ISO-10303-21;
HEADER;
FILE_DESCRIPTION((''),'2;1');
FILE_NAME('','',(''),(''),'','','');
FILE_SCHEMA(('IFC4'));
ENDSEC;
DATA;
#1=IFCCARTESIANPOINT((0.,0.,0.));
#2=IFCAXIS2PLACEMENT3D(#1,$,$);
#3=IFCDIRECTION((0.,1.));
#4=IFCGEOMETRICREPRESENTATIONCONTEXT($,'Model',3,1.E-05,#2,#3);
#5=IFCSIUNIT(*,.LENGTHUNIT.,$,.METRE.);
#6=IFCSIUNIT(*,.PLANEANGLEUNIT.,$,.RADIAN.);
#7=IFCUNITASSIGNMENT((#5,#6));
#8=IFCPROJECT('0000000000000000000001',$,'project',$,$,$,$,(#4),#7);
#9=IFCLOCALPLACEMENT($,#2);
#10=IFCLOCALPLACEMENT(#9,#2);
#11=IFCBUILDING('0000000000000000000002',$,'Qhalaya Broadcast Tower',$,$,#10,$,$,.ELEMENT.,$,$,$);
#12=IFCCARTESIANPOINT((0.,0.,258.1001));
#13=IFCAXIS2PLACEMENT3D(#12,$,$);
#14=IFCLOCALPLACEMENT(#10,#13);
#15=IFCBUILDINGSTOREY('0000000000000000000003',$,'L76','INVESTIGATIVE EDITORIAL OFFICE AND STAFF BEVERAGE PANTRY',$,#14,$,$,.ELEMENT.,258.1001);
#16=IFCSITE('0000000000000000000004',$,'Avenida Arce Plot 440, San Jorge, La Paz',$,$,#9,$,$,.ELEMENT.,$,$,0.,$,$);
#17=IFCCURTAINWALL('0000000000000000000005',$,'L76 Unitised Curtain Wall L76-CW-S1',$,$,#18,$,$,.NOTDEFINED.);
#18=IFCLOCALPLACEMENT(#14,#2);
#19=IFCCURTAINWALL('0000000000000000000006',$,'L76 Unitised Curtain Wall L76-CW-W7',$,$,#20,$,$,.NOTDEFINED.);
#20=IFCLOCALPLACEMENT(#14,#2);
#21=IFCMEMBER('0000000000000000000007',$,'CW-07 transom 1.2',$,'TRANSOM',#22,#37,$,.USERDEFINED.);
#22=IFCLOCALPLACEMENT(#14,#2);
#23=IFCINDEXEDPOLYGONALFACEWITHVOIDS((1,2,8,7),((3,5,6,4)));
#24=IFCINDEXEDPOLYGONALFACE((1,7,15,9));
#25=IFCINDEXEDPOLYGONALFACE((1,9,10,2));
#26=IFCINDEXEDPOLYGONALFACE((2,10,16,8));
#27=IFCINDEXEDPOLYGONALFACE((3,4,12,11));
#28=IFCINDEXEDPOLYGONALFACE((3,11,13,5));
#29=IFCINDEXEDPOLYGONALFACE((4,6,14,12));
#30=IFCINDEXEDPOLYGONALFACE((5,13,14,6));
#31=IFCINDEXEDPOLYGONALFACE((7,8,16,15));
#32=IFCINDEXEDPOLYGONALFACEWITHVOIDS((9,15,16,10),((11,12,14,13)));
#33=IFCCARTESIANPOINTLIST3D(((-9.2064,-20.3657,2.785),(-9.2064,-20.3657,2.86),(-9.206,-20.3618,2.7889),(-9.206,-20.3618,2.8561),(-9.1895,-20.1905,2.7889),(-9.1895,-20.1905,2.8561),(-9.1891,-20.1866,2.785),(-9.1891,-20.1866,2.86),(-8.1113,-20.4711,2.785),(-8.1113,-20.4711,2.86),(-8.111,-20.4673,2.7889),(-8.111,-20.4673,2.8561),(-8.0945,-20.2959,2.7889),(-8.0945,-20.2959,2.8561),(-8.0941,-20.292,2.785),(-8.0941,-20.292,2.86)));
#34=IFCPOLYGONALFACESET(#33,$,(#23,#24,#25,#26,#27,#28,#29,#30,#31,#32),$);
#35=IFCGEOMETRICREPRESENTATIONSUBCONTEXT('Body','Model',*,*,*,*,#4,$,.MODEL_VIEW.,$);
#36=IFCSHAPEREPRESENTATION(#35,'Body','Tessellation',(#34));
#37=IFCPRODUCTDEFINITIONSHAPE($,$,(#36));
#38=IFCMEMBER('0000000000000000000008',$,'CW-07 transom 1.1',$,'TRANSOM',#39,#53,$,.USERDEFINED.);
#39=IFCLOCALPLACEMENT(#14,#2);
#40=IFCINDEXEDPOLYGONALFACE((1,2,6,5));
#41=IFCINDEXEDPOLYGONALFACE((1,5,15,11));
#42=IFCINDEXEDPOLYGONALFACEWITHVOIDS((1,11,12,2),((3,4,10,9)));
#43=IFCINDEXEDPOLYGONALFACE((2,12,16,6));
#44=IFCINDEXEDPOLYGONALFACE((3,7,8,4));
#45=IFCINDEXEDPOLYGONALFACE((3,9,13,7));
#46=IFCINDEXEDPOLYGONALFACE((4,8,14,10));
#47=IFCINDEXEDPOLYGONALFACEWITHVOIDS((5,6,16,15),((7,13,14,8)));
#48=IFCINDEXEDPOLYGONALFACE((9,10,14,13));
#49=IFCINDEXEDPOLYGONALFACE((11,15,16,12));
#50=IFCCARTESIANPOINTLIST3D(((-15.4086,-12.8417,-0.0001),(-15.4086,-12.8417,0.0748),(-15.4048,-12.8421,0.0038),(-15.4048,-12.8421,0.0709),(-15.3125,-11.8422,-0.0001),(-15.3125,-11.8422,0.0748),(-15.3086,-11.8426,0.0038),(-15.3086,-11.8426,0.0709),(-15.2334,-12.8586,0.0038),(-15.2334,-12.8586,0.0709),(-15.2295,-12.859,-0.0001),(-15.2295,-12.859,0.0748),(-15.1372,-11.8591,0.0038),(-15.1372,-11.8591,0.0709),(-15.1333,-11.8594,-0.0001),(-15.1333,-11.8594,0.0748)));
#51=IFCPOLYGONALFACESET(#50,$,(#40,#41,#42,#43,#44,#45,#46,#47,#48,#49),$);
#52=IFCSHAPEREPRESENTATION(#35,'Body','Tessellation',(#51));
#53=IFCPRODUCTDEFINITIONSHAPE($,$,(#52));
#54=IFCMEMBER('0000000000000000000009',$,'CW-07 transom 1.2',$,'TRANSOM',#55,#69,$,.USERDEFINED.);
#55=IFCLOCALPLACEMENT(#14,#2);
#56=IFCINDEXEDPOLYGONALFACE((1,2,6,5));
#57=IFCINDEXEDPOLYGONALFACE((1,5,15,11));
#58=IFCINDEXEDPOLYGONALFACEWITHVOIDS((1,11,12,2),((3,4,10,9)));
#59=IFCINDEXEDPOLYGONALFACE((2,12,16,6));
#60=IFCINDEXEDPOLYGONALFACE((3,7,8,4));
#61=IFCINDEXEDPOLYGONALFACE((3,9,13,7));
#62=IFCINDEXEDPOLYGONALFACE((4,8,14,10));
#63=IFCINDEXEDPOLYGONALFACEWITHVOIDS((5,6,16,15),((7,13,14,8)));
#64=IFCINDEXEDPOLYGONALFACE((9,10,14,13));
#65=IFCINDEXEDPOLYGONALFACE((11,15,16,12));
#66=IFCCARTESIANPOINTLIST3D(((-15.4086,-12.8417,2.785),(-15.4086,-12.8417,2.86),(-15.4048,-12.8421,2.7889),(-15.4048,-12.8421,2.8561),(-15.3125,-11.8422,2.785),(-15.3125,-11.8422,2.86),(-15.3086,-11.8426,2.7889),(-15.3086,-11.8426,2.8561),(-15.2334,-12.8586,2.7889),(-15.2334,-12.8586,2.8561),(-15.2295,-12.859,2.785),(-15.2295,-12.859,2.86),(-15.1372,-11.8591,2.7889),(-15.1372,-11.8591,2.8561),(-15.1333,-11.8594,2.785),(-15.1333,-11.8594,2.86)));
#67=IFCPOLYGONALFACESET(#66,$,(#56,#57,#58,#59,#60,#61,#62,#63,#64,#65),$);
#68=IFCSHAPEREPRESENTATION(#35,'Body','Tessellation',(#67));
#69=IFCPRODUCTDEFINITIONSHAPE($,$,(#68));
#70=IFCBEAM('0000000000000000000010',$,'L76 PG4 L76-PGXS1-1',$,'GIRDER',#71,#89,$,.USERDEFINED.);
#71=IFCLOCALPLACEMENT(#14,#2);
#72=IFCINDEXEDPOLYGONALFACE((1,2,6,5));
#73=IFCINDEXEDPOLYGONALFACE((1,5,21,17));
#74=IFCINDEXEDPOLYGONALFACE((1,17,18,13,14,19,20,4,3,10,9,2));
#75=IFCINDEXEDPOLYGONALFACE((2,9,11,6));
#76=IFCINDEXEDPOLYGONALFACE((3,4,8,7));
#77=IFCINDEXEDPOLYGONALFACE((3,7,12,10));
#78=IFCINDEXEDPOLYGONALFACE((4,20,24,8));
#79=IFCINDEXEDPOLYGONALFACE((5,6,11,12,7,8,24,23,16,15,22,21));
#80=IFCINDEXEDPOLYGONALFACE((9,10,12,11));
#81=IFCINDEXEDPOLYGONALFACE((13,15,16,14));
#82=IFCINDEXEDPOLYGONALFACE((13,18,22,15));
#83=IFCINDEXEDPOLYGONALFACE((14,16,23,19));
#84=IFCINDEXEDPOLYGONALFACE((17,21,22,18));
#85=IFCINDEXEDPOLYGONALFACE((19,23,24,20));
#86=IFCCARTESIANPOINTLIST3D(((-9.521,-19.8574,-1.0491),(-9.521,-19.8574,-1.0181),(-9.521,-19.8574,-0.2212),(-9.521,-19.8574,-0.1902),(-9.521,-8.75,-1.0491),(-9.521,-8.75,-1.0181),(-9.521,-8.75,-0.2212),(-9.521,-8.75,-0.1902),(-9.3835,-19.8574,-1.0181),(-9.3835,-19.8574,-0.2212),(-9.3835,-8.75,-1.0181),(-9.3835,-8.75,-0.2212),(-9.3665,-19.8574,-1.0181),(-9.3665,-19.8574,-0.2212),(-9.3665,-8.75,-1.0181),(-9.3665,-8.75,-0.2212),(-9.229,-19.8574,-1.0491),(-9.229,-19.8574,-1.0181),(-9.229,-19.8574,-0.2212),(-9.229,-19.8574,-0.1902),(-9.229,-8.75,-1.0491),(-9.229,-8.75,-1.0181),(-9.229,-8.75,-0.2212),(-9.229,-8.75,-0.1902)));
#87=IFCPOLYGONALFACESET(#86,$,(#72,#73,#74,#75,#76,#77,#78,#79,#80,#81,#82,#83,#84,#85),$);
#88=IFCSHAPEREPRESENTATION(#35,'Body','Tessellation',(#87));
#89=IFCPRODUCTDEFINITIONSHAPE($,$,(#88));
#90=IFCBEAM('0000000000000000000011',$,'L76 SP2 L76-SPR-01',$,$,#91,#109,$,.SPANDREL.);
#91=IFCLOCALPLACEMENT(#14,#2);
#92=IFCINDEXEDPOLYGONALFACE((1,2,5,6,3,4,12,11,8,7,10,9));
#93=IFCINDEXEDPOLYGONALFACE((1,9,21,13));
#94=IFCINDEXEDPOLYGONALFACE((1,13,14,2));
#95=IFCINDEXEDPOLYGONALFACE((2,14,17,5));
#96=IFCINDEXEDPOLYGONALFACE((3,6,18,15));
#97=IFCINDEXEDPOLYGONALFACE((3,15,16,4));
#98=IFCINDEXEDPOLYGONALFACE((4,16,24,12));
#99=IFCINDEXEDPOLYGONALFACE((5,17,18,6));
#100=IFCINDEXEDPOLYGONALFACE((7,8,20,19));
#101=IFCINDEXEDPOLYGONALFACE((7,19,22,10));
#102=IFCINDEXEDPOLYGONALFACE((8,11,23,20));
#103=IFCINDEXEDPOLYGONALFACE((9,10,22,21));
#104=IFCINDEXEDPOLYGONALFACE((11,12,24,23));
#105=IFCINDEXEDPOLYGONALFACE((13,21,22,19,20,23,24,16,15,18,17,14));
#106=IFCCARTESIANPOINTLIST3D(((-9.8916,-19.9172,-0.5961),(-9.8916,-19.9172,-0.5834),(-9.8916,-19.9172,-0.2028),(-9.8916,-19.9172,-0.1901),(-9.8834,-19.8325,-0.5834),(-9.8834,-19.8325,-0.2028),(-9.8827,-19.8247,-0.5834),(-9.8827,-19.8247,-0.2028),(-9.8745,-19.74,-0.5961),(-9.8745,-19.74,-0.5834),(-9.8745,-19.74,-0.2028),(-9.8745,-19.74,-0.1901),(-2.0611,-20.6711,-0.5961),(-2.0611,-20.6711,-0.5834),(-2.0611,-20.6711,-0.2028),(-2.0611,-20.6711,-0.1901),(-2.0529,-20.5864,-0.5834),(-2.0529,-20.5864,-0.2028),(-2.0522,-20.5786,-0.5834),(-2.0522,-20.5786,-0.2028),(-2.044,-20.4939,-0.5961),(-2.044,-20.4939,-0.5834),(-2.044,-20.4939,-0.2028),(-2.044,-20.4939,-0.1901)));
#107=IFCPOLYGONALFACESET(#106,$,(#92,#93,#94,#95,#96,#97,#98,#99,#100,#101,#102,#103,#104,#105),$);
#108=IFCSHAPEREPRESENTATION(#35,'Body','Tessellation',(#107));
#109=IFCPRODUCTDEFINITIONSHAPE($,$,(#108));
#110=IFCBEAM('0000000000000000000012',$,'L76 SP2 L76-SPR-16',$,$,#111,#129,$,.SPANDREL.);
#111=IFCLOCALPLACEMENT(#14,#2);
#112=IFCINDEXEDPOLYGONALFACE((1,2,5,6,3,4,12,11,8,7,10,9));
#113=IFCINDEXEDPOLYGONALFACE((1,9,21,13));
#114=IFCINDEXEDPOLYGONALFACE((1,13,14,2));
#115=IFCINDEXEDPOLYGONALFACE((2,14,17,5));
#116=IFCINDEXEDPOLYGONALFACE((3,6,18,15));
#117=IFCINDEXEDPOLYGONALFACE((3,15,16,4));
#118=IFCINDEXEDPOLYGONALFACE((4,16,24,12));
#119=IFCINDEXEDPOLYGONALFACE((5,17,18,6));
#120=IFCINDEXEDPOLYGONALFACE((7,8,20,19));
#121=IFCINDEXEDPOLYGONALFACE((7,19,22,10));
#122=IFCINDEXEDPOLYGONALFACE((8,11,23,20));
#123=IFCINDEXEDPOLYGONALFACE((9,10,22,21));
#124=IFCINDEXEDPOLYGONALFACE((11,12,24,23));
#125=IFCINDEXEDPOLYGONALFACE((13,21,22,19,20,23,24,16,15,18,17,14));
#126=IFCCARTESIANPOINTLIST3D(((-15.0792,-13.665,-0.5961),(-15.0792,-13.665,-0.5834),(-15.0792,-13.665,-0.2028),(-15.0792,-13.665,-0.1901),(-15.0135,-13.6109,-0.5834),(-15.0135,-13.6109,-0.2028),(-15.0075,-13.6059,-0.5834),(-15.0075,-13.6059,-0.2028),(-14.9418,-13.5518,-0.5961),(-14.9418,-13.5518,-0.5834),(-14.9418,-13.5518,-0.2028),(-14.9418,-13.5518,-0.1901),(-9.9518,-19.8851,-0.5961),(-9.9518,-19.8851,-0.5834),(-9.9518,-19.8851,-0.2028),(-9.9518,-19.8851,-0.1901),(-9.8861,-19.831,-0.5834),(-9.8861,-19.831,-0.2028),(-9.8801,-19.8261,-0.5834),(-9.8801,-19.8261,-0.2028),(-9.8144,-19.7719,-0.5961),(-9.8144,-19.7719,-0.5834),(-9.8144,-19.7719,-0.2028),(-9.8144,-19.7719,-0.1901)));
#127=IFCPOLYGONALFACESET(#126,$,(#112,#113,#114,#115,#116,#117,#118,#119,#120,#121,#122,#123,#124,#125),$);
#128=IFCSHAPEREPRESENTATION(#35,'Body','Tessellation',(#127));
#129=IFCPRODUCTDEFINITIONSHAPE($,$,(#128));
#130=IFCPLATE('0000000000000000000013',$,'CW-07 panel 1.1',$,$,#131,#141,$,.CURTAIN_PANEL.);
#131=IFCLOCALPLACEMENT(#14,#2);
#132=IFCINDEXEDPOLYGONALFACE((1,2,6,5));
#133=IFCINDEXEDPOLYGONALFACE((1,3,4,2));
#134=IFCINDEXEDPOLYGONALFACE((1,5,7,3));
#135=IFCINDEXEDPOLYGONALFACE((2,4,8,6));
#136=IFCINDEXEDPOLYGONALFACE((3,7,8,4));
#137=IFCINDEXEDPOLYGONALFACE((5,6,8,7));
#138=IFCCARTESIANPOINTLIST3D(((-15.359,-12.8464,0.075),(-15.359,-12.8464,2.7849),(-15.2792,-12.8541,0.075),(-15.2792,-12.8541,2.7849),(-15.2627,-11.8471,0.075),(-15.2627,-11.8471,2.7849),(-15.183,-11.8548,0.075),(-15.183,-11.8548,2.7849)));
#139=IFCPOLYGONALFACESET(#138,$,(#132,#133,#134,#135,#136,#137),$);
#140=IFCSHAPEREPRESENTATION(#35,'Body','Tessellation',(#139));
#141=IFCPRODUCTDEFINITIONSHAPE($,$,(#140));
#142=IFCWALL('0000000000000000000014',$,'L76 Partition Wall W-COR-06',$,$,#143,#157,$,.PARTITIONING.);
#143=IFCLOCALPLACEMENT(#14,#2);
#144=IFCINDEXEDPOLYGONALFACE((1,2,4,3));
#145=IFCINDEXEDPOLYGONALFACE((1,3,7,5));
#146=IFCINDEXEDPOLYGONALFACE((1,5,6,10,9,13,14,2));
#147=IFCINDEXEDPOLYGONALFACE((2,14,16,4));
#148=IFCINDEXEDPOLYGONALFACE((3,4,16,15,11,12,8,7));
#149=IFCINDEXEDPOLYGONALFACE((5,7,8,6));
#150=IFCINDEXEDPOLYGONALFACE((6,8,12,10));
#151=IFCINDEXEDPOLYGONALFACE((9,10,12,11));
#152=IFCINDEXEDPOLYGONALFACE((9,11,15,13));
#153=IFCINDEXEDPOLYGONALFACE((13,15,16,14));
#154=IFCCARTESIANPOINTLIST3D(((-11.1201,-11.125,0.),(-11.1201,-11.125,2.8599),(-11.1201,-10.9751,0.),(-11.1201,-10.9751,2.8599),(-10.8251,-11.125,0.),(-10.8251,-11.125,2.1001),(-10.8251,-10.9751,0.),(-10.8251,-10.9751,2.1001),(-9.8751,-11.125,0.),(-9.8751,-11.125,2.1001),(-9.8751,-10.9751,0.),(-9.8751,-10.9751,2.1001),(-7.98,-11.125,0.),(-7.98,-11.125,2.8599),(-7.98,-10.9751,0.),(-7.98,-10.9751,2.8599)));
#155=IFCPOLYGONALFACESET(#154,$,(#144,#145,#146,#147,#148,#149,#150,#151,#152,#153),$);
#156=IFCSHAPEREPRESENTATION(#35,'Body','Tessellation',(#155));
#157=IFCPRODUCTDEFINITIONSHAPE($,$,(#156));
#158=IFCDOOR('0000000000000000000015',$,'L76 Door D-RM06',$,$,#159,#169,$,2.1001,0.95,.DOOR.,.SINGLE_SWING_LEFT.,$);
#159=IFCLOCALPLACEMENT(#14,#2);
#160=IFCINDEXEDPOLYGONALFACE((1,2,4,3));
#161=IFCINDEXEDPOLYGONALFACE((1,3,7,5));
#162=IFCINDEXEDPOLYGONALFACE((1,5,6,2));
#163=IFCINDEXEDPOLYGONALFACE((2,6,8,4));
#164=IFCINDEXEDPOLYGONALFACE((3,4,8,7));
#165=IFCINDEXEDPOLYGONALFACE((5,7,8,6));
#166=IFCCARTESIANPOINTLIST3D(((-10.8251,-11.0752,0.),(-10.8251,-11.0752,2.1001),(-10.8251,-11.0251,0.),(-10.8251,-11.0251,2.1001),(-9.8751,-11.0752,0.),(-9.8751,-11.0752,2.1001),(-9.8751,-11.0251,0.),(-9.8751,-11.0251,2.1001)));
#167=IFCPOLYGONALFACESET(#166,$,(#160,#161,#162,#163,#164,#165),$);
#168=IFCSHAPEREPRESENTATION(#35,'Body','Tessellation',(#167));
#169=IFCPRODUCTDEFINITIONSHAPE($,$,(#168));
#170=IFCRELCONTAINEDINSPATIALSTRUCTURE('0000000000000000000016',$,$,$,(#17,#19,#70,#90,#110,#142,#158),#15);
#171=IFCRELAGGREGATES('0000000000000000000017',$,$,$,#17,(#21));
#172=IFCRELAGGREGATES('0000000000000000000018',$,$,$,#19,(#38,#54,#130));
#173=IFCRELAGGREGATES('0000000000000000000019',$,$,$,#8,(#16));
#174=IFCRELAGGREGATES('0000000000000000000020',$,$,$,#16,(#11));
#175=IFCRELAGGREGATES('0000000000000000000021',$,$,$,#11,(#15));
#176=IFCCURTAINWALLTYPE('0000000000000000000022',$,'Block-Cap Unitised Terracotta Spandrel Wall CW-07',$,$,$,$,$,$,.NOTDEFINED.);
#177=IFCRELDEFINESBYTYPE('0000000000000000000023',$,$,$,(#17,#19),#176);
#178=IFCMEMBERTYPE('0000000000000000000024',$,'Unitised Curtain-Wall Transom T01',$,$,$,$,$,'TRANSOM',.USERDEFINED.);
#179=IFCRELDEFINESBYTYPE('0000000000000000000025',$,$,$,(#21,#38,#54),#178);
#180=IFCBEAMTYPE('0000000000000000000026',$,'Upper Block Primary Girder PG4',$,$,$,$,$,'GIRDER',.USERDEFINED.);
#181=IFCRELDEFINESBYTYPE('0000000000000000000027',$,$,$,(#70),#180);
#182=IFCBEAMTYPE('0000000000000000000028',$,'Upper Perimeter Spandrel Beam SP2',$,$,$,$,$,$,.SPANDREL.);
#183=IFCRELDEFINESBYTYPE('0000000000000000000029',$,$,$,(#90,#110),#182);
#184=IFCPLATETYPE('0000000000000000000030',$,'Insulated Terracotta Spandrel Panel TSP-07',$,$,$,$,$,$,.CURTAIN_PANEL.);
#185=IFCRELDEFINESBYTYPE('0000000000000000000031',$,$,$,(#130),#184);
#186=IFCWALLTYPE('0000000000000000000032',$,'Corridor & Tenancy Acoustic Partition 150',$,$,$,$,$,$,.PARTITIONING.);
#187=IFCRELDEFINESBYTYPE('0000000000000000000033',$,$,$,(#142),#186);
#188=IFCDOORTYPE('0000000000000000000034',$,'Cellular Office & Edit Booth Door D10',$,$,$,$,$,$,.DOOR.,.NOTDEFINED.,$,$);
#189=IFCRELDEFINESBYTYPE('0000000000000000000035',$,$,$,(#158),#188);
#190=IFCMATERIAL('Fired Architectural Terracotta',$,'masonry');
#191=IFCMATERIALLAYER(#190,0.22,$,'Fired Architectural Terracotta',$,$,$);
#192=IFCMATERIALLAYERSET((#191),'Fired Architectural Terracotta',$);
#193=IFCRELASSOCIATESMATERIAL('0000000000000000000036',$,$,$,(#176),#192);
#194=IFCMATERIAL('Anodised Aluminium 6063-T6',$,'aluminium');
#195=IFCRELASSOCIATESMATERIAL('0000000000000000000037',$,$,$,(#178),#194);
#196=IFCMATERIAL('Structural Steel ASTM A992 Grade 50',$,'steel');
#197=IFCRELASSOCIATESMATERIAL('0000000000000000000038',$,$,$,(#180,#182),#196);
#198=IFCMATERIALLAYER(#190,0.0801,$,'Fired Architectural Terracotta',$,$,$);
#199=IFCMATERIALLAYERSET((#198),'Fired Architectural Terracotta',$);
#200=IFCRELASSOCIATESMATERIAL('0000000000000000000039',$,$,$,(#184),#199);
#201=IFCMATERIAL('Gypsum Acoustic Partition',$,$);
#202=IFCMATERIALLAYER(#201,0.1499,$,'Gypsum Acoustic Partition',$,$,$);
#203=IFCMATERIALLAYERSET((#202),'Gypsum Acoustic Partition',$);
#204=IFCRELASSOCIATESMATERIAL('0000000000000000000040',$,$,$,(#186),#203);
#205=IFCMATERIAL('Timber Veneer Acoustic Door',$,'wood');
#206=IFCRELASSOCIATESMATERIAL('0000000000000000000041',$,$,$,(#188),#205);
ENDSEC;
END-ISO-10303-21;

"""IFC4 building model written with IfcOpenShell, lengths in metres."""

from ifc_helpers import new_model, si_unit, direction, frame, frame_2d, origin, origin_2d, place, context, subcontext, project, spatial, rectangle, hollow_rectangle, i_section, extrude, material, layer, layer_set, material_profile, profile_set, type_object, element, fill, aggregate, save


model = new_model("IFC4")

# Units and contexts
model_context = context("Model", 3, precision=1e-05, world=origin(), true_north=direction((0.0, 1.0)))
body_context = subcontext(model_context, "Body", "Model", "MODEL_VIEW")
ifc_project = project(units=[si_unit("LENGTHUNIT", "METRE"), si_unit("PLANEANGLEUNIT", "RADIAN")], contexts=[model_context])

# Site, building, storey
site_placement = place(None, origin())
site = spatial("IfcSite", under=ifc_project, at=site_placement, Name="Avenida Arce Plot 440, San Jorge, La Paz", CompositionType="ELEMENT", RefElevation=0.0)
building_placement = place(site_placement, origin())
building = spatial("IfcBuilding", under=site, at=building_placement, Name="Qhalaya Broadcast Tower", CompositionType="ELEMENT")
storey_placement = place(building_placement, frame((0.0, 0.0, 258.1001)))
storey = spatial("IfcBuildingStorey", under=building, at=storey_placement, Name="L76", Description="INVESTIGATIVE EDITORIAL OFFICE AND STAFF BEVERAGE PANTRY", CompositionType="ELEMENT", Elevation=258.1001)

# Shared definitions
ifc_material_1 = material(Name="Structural Steel ASTM A992 Grade 50", Category="steel")

# Shared definitions
ifc_material_2 = material(Name="Fired Architectural Terracotta", Category="masonry")

# Curtain wall
ifc_layer_1 = layer(ifc_material_2, 0.22, Name="Fired Architectural Terracotta")
ifc_layer_set_1 = layer_set([ifc_layer_1], Name="Fired Architectural Terracotta")
curtain_wall_type_1 = type_object("IfcCurtainWallType", Name="Block-Cap Unitised Terracotta Spandrel Wall CW-07", PredefinedType="NOTDEFINED", material=ifc_layer_set_1)
curtain_wall_1_placement = place(storey_placement, origin())
curtain_wall_1 = element("IfcCurtainWall", 1, at=curtain_wall_1_placement, inside=storey, type_object=curtain_wall_type_1, Name="L76 Unitised Curtain Wall L76-CW-S1", PredefinedType="NOTDEFINED")
ifc_material_3 = material(Name="Anodised Aluminium 6063-T6", Category="aluminium")

# Curtain wall
curtain_wall_2_placement = place(storey_placement, origin())
curtain_wall_2 = element("IfcCurtainWall", 2, at=curtain_wall_2_placement, inside=storey, type_object=curtain_wall_type_1, Name="L76 Unitised Curtain Wall L76-CW-W7", PredefinedType="NOTDEFINED")

# Members
ifc_material_profile_1 = material_profile(ifc_material_3, hollow_rectangle(XDim=0.075, YDim=0.1799, WallThickness=0.0039, at=origin_2d()), Name="ALU-TRN 75x180x4")
ifc_profile_set_1 = profile_set([ifc_material_profile_1], Name="Anodised Aluminium 6063-T6")
member_type_1 = type_object("IfcMemberType", Name="Unitised Curtain-Wall Transom T01", ElementType="TRANSOM", PredefinedType="USERDEFINED", material=ifc_profile_set_1)
member_1_placement = place(storey_placement, frame((-9.1978, -20.2761, 2.8225), z_axis=(0.995393, -0.095877, 0.0), x_axis=(0.0, 0.0, 1.0)))
member_1 = element("IfcMember", 3, at=member_1_placement, type_object=member_type_1, Name="CW-07 transom 1.2", ObjectType="TRANSOM", PredefinedType="USERDEFINED", context=body_context, shape_type="SweptSolid", body=[
    extrude(hollow_rectangle(XDim=0.075, YDim=0.1799, WallThickness=0.0039, at=origin_2d()), origin(), (0.0, 0.0, 1.0), 1.1001),
])
aggregate(curtain_wall_1, [member_1])
member_2_placement = place(storey_placement, frame((-15.2229, -11.8508, 0.0374), z_axis=(-0.095796, -0.995401, 0.0), x_axis=(0.0, 0.0, 1.0)))
member_2 = element("IfcMember", 4, at=member_2_placement, type_object=member_type_1, Name="CW-07 transom 1.1", ObjectType="TRANSOM", PredefinedType="USERDEFINED", context=body_context, shape_type="SweptSolid", body=[
    extrude(hollow_rectangle(XDim=0.075, YDim=0.1799, WallThickness=0.0039, at=origin_2d()), origin(), (0.0, 0.0, 1.0), 1.0042),
])
member_3_placement = place(storey_placement, frame((-15.2229, -11.8508, 2.8225), z_axis=(-0.095796, -0.995401, 0.0), x_axis=(0.0, 0.0, 1.0)))
member_3 = element("IfcMember", 5, at=member_3_placement, type_object=member_type_1, Name="CW-07 transom 1.2", ObjectType="TRANSOM", PredefinedType="USERDEFINED", context=body_context, shape_type="SweptSolid", body=[
    extrude(hollow_rectangle(XDim=0.075, YDim=0.1799, WallThickness=0.0039, at=origin_2d()), origin(), (0.0, 0.0, 1.0), 1.0042),
])

# Beams
ifc_material_profile_2 = material_profile(ifc_material_1, i_section(OverallWidth=0.292, OverallDepth=0.8589, WebThickness=0.0171, FlangeThickness=0.031, at=origin_2d()), Name="W33X169")
ifc_profile_set_2 = profile_set([ifc_material_profile_2], Name="Structural Steel ASTM A992 Grade 50")
beam_type_1 = type_object("IfcBeamType", Name="Upper Block Primary Girder PG4", ElementType="GIRDER", PredefinedType="USERDEFINED", material=ifc_profile_set_2)
beam_1_placement = place(storey_placement, frame((-9.375, -19.8574, -0.6196), z_axis=(0.0, 1.0, 0.0), x_axis=(-1.0, 0.0, 0.0)))
element("IfcBeam", 6, at=beam_1_placement, inside=storey, type_object=beam_type_1, Name="L76 PG4 L76-PGXS1-1", ObjectType="GIRDER", PredefinedType="USERDEFINED", context=body_context, shape_type="SweptSolid", body=[
    extrude(i_section(OverallWidth=0.292, OverallDepth=0.8589, WebThickness=0.0171, FlangeThickness=0.031, at=origin_2d()), origin(), (0.0, 0.0, 1.0), 11.1074),
])
ifc_material_profile_3 = material_profile(ifc_material_1, i_section(OverallWidth=0.178, OverallDepth=0.406, WebThickness=0.0078, FlangeThickness=0.0127, at=origin_2d()), Name="W16X40")
ifc_profile_set_3 = profile_set([ifc_material_profile_3], Name="Structural Steel ASTM A992 Grade 50")
beam_type_2 = type_object("IfcBeamType", Name="Upper Perimeter Spandrel Beam SP2", PredefinedType="SPANDREL", material=ifc_profile_set_3)
beam_2_placement = place(storey_placement, frame((-9.8831, -19.8286, -0.3931), z_axis=(0.995397, -0.095834, 0.0), x_axis=(0.095834, 0.995397, 0.0)))
element("IfcBeam", 7, at=beam_2_placement, inside=storey, type_object=beam_type_2, Name="L76 SP2 L76-SPR-01", PredefinedType="SPANDREL", context=body_context, shape_type="SweptSolid", body=[
    extrude(i_section(OverallWidth=0.178, OverallDepth=0.406, WebThickness=0.0078, FlangeThickness=0.0127, at=origin_2d()), origin(), (0.0, 0.0, 1.0), 7.8667),
])
beam_3_placement = place(storey_placement, frame((-15.0105, -13.6084, -0.3931), z_axis=(0.63607, -0.771631, 0.0), x_axis=(0.771631, 0.63607, 0.0)))
element("IfcBeam", 8, at=beam_3_placement, inside=storey, type_object=beam_type_2, Name="L76 SP2 L76-SPR-16", PredefinedType="SPANDREL", context=body_context, shape_type="SweptSolid", body=[
    extrude(i_section(OverallWidth=0.178, OverallDepth=0.406, WebThickness=0.0078, FlangeThickness=0.0127, at=origin_2d()), origin(), (0.0, 0.0, 1.0), 8.061),
])

# Plate
ifc_layer_2 = layer(ifc_material_2, 0.0801, Name="Fired Architectural Terracotta")
ifc_layer_set_2 = layer_set([ifc_layer_2], Name="Fired Architectural Terracotta")
plate_type = type_object("IfcPlateType", Name="Insulated Terracotta Spandrel Panel TSP-07", PredefinedType="CURTAIN_PANEL", material=ifc_layer_set_2)
plate_placement = place(storey_placement, frame((-15.271, -12.3506, 0.075), z_axis=(0.0, 0.0, 1.0), x_axis=(-0.09584, -0.995397, 0.0)))
plate = element("IfcPlate", 9, at=plate_placement, type_object=plate_type, Name="CW-07 panel 1.1", PredefinedType="CURTAIN_PANEL", context=body_context, shape_type="SweptSolid", body=[
    extrude(rectangle(XDim=1.0039, YDim=0.0801, at=origin_2d()), origin(), (0.0, 0.0, 1.0), 2.71),
])
aggregate(curtain_wall_2, [member_2, member_3, plate])

# Wall, opening, door
ifc_material_4 = material(Name="Gypsum Acoustic Partition")
ifc_layer_3 = layer(ifc_material_4, 0.1499, Name="Gypsum Acoustic Partition")
ifc_layer_set_3 = layer_set([ifc_layer_3], Name="Gypsum Acoustic Partition")
wall_type_1 = type_object("IfcWallType", Name="Corridor & Tenancy Acoustic Partition 150", PredefinedType="PARTITIONING", material=ifc_layer_set_3)
wall_1_placement = place(storey_placement, frame((-11.1201, -11.05, 0.0), z_axis=(0.0, 0.0, 1.0), x_axis=(1.0, 0.0, 0.0)))
wall_1 = element("IfcWall", 10, at=wall_1_placement, inside=storey, type_object=wall_type_1, Name="L76 Partition Wall W-COR-06", PredefinedType="PARTITIONING", context=body_context, shape_type="SweptSolid", body=[
    extrude(rectangle(XDim=3.1401, YDim=0.1499, at=frame_2d((1.5701, 0.0))), origin(), (0.0, 0.0, 1.0), 2.8599),
])
opening_placement = place(wall_1_placement, frame((0.2949, 0.0, 0.0)))
opening = element("IfcOpeningElement", 11, at=opening_placement, cuts=wall_1, PredefinedType="OPENING", context=body_context, shape_type="SweptSolid", body=[
    extrude(rectangle(XDim=0.95, YDim=2.1001, at=frame_2d((0.4751, 1.05))), frame((0.0, 0.0869, 0.0), z_axis=(0.0, -1.0, 0.0), x_axis=(1.0, 0.0, 0.0)), (0.0, 0.0, 1.0), 0.1738),
])
ifc_material_5 = material(Name="Timber Veneer Acoustic Door", Category="wood")
door_type = type_object("IfcDoorType", Name="Cellular Office & Edit Booth Door D10", OperationType="NOTDEFINED", PredefinedType="DOOR", material=ifc_material_5)
door_placement = place(opening_placement, origin())
door = element("IfcDoor", 12, at=door_placement, inside=storey, type_object=door_type, Name="L76 Door D-RM06", OperationType="SINGLE_SWING_LEFT", OverallHeight=2.1001, OverallWidth=0.95, PredefinedType="DOOR", context=body_context, shape_type="SweptSolid", body=[
    extrude(rectangle(XDim=0.95, YDim=2.1001, at=frame_2d((0.4751, 1.05))), frame((0.0, 0.0249, 0.0), z_axis=(0.0, -1.0, 0.0), x_axis=(1.0, 0.0, 0.0)), (0.0, 0.0, 1.0), 0.05),
])
fill(opening, door)

save(model, "model.ifc")
